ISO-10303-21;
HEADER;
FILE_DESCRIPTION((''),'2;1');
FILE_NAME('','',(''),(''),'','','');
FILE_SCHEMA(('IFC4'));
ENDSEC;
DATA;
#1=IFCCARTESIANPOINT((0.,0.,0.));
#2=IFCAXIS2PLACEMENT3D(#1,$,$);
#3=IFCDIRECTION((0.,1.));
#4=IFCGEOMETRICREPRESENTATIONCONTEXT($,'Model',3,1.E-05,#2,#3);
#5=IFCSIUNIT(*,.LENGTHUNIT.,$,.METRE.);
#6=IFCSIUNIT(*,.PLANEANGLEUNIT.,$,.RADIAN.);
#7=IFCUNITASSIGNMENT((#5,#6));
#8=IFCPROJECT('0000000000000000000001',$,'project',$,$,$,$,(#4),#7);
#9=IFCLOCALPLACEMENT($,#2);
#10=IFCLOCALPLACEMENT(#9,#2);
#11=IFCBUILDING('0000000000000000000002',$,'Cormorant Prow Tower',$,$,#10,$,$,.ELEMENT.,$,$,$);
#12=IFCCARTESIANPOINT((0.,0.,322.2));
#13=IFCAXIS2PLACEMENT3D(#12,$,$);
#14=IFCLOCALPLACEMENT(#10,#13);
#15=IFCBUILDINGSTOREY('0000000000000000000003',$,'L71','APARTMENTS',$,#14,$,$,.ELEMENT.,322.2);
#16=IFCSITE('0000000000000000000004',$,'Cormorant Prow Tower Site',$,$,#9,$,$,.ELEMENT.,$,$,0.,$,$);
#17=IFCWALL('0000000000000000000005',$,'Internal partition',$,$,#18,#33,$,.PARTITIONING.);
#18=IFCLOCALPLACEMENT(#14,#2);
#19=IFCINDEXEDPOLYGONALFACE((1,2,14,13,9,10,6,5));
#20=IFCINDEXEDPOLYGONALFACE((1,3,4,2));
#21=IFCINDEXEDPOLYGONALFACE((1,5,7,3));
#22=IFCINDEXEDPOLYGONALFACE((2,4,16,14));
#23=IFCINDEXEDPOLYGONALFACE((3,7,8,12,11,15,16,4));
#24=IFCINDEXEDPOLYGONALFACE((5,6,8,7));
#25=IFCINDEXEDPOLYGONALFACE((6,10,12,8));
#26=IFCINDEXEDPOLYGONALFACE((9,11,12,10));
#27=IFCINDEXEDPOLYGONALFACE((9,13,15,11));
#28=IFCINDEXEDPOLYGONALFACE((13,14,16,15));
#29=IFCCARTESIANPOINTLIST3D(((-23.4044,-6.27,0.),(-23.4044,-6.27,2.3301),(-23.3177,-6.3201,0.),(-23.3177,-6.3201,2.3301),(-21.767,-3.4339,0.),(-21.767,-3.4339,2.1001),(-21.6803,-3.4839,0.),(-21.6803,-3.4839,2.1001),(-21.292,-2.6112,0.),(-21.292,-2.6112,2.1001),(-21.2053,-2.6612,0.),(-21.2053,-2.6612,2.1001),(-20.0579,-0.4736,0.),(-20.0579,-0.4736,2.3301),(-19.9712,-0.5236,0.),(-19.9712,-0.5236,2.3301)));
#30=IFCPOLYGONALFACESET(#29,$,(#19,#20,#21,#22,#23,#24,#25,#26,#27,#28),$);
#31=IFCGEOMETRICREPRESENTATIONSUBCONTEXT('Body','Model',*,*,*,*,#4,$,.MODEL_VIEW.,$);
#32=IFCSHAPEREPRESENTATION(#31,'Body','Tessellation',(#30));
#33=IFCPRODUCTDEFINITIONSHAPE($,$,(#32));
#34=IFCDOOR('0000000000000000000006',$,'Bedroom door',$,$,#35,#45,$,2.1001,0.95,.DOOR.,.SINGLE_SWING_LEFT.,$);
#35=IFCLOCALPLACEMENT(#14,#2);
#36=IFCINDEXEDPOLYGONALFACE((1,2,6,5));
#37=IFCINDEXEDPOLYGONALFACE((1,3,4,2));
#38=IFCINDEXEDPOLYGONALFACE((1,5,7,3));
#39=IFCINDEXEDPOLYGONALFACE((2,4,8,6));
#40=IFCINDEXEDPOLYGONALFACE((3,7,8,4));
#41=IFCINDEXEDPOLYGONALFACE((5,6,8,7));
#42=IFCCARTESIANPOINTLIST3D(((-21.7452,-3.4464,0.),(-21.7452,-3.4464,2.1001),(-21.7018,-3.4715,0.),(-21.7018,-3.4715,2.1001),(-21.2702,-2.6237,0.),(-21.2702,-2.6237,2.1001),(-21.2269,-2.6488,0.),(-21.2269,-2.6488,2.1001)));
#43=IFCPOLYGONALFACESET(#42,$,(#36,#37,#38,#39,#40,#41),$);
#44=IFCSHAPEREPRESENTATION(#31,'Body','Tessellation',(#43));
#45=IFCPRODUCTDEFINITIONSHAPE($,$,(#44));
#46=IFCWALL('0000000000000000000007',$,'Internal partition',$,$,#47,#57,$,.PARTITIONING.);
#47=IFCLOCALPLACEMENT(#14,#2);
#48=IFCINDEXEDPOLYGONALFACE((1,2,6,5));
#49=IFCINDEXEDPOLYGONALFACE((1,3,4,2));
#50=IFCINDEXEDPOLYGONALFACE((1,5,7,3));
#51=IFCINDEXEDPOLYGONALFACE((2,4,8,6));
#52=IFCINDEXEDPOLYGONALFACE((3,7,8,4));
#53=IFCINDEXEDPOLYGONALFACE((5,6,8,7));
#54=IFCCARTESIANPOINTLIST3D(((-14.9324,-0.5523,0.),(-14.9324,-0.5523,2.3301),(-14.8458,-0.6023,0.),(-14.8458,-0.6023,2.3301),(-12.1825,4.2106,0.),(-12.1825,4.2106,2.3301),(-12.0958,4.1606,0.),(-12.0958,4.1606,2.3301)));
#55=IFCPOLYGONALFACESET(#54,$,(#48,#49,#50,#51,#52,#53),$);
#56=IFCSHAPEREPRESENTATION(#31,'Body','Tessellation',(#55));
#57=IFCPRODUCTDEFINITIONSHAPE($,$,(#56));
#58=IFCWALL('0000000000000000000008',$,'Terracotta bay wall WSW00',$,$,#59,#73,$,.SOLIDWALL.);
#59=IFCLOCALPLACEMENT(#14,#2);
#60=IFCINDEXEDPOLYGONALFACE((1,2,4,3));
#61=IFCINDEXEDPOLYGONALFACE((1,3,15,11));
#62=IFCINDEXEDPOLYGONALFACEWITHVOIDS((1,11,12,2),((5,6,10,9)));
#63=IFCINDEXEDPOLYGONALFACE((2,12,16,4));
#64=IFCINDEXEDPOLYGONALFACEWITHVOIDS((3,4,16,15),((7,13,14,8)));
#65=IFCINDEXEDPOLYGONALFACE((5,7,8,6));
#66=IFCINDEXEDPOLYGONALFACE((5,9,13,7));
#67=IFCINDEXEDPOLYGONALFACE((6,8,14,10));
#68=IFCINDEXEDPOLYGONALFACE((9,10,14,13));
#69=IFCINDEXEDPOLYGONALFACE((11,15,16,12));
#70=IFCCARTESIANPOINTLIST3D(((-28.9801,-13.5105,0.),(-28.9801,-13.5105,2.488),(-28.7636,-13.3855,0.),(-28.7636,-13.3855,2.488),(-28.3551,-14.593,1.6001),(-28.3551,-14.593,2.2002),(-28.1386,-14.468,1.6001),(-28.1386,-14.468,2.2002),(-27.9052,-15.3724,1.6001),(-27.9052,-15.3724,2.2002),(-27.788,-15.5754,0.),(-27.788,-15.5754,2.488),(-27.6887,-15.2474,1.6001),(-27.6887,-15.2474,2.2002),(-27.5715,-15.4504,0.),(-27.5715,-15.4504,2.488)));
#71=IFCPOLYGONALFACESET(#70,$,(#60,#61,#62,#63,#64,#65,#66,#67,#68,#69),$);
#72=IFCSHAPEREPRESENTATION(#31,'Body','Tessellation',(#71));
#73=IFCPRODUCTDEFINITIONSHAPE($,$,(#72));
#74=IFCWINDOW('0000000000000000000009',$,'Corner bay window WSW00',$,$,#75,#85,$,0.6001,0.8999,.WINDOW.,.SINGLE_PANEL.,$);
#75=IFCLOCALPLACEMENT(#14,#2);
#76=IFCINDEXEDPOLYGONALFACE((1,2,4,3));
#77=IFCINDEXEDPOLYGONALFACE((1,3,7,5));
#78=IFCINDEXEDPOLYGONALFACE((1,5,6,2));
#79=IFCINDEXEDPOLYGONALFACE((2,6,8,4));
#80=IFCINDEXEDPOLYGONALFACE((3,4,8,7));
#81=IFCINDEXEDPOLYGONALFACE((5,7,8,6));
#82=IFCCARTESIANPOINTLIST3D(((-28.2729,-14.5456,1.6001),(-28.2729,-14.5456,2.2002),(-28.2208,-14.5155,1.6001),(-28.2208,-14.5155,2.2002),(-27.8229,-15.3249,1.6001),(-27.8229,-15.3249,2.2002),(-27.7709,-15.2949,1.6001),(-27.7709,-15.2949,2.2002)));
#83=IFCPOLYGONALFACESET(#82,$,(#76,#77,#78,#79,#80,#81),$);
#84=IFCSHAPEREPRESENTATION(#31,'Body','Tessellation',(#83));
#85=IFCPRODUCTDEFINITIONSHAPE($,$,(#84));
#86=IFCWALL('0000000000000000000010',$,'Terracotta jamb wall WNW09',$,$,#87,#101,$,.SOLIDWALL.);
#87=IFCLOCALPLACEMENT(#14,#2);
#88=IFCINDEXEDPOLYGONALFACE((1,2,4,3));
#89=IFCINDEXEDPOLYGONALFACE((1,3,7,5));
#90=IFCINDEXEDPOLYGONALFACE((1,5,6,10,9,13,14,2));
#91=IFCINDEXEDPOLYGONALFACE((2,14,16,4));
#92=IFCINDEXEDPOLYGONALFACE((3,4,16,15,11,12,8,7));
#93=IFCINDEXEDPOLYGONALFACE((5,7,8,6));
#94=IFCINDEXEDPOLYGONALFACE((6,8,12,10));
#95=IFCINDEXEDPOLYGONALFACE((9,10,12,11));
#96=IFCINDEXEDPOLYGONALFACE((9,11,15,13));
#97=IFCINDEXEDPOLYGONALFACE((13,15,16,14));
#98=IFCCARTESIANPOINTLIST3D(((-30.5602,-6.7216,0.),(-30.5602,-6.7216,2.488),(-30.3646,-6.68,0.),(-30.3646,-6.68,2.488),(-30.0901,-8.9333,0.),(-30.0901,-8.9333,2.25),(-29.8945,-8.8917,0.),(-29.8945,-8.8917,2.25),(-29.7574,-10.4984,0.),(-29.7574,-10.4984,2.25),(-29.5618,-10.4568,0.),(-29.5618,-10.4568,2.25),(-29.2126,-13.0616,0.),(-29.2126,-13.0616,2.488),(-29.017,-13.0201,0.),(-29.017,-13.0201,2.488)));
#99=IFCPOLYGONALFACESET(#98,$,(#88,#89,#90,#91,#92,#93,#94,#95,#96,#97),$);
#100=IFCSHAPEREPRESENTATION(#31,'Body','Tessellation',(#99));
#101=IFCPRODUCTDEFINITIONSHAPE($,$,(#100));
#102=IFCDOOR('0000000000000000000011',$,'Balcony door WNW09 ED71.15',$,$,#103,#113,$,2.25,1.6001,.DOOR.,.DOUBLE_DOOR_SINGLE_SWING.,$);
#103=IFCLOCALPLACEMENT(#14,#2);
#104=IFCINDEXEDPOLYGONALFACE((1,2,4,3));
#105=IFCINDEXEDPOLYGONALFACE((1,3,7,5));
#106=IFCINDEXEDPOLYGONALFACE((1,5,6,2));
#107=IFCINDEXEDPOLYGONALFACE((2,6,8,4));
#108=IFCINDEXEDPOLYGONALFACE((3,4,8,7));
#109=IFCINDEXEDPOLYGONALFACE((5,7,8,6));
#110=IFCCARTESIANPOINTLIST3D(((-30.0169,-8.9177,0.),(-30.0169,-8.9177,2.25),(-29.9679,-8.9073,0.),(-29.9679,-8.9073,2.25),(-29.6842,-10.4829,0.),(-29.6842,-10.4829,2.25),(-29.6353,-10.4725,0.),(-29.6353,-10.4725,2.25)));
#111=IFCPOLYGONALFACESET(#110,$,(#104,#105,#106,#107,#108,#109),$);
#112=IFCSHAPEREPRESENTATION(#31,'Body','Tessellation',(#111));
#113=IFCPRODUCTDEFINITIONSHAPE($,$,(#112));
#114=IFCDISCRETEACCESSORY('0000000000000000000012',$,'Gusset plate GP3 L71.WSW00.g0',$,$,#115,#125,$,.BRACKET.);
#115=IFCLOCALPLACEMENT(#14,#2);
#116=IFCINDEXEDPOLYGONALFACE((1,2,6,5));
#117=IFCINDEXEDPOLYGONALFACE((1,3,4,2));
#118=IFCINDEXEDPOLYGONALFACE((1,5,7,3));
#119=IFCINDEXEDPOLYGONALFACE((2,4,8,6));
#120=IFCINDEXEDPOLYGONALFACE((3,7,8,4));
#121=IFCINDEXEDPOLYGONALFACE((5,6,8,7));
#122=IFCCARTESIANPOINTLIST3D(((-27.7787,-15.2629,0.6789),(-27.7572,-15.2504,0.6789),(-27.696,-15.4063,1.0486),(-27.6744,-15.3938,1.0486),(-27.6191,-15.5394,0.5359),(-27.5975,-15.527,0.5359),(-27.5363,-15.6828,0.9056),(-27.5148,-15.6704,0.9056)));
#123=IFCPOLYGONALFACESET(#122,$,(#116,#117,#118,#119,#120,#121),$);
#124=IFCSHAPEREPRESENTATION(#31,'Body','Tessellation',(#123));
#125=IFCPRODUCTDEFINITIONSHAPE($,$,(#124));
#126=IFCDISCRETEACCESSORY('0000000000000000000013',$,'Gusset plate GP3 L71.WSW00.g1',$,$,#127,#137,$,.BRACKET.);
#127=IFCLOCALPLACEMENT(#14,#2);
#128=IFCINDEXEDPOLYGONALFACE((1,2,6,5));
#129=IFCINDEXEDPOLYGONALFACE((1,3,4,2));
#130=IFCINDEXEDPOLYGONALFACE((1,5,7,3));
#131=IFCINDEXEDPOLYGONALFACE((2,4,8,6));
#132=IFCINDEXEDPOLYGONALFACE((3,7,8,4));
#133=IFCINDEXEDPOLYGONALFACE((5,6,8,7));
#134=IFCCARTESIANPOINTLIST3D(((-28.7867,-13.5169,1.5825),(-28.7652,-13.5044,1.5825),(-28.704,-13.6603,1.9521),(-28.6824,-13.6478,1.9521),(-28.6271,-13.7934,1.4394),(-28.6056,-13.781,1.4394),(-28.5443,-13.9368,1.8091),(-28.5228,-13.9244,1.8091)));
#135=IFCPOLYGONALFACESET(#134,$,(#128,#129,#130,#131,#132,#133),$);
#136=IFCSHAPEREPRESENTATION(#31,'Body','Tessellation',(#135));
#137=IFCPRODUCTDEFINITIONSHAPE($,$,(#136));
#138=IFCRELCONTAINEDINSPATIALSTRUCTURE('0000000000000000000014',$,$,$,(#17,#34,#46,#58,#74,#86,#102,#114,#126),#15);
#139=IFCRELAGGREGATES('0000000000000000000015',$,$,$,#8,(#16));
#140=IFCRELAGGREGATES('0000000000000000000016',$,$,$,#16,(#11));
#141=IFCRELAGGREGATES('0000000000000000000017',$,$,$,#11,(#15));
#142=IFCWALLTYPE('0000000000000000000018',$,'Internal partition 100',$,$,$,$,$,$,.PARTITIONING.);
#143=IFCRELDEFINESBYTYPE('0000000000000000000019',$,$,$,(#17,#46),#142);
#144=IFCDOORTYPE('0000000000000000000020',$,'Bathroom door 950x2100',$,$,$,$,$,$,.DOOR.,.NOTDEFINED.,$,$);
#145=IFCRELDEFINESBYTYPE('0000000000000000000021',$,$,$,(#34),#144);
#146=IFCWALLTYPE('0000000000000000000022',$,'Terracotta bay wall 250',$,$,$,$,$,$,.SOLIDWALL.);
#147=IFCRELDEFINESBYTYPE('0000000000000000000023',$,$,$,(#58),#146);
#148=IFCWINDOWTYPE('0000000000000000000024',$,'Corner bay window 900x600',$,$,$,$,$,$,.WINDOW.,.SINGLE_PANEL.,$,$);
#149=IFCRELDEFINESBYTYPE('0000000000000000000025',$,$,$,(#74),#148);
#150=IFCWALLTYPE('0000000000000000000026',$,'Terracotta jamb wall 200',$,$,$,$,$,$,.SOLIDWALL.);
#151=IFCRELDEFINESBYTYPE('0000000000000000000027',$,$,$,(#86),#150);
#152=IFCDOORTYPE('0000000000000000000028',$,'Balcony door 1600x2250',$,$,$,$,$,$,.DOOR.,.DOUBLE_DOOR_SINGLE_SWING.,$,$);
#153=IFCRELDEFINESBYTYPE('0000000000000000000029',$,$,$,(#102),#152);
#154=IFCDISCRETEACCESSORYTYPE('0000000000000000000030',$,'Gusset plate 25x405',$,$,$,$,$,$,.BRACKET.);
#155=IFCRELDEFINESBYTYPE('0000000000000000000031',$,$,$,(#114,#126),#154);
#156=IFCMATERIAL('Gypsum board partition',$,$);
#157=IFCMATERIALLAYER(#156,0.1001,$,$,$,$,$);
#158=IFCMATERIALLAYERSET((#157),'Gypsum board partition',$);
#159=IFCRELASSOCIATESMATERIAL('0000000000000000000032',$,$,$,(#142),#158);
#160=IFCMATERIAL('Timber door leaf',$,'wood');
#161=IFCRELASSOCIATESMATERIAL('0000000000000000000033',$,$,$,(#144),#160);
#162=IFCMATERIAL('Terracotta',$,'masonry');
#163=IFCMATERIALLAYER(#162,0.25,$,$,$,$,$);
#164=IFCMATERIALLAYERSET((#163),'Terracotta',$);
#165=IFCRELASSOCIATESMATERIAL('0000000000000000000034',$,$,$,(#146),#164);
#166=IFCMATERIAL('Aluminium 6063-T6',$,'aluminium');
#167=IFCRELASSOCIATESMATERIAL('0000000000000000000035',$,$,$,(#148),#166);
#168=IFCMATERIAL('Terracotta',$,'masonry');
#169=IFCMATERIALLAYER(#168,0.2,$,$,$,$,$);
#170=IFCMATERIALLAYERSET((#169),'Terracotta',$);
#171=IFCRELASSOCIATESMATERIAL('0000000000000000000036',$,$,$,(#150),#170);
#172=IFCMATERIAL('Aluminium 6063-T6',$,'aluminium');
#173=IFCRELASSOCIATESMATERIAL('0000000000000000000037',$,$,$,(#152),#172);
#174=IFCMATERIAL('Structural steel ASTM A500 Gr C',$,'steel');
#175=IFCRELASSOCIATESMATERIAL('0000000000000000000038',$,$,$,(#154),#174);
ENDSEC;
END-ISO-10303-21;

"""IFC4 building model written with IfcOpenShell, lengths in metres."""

from ifc_helpers import new_model, si_unit, direction, frame, frame_2d, origin, origin_2d, place, context, subcontext, project, spatial, rectangle, extrude, material, layer, layer_set, material_profile, profile_set, type_object, element, fill, save


model = new_model("IFC4")

# Units and contexts
model_context = context("Model", 3, precision=1e-05, world=origin(), true_north=direction((0.0, 1.0)))
body_context = subcontext(model_context, "Body", "Model", "MODEL_VIEW")
ifc_project = project(units=[si_unit("LENGTHUNIT", "METRE"), si_unit("PLANEANGLEUNIT", "RADIAN")], contexts=[model_context])

# Site, building, storey
site_placement = place(None, origin())
site = spatial("IfcSite", under=ifc_project, at=site_placement, Name="Cormorant Prow Tower Site", CompositionType="ELEMENT", RefElevation=0.0)
building_placement = place(site_placement, origin())
building = spatial("IfcBuilding", under=site, at=building_placement, Name="Cormorant Prow Tower", CompositionType="ELEMENT")
storey_placement = place(building_placement, frame((0.0, 0.0, 322.2)))
storey = spatial("IfcBuildingStorey", under=building, at=storey_placement, Name="L71", Description="APARTMENTS", CompositionType="ELEMENT", Elevation=322.2)

# Wall, opening, door
ifc_material_1 = material(Name="Gypsum board partition")
ifc_layer_1 = layer(ifc_material_1, 0.1001)
ifc_layer_set_1 = layer_set([ifc_layer_1], Name="Gypsum board partition")
wall_type_1 = type_object("IfcWallType", Name="Internal partition 100", PredefinedType="PARTITIONING", material=ifc_layer_set_1)
wall_1_placement = place(storey_placement, frame((-23.3611, -6.2952, 0.0), z_axis=(0.0, 0.0, 1.0), x_axis=(0.499988, 0.866033, 0.0)))
wall_1 = element("IfcWall", 1, at=wall_1_placement, inside=storey, type_object=wall_type_1, Name="Internal partition", PredefinedType="PARTITIONING", context=body_context, shape_type="SweptSolid", body=[
    extrude(rectangle(XDim=6.6931, YDim=0.1001, at=frame_2d((3.3467, 0.0))), origin(), (0.0, 0.0, 1.0), 2.3301),
])
opening_1_placement = place(wall_1_placement, frame((3.2749, 0.0, 0.0)))
opening_1 = element("IfcOpeningElement", 2, at=opening_1_placement, cuts=wall_1, PredefinedType="OPENING", context=body_context, shape_type="SweptSolid", body=[
    extrude(rectangle(XDim=0.95, YDim=2.1001, at=frame_2d((0.4751, 1.05))), frame((0.0, 0.0601, 0.0), z_axis=(0.0, -1.0, 0.0), x_axis=(1.0, 0.0, 0.0)), (0.0, 0.0, 1.0), 0.1201),
])
ifc_material_2 = material(Name="Timber door leaf", Category="wood")
door_type_1 = type_object("IfcDoorType", Name="Bathroom door 950x2100", OperationType="NOTDEFINED", PredefinedType="DOOR", material=ifc_material_2)
door_1_placement = place(opening_1_placement, origin())
door_1 = element("IfcDoor", 3, at=door_1_placement, inside=storey, type_object=door_type_1, Name="Bedroom door", OperationType="SINGLE_SWING_LEFT", OverallHeight=2.1001, OverallWidth=0.95, PredefinedType="DOOR", context=body_context, shape_type="SweptSolid", body=[
    extrude(rectangle(XDim=0.95, YDim=2.1001, at=frame_2d((0.4751, 1.05))), frame((0.0, 0.0249, 0.0), z_axis=(0.0, -1.0, 0.0), x_axis=(1.0, 0.0, 0.0)), (0.0, 0.0, 1.0), 0.05),
])
fill(opening_1, door_1)

# Wall
wall_2_placement = place(storey_placement, frame((-14.8892, -0.5774, 0.0), z_axis=(0.0, 0.0, 1.0), x_axis=(0.500016, 0.866016, 0.0)))
element("IfcWall", 4, at=wall_2_placement, inside=storey, type_object=wall_type_1, Name="Internal partition", PredefinedType="PARTITIONING", context=body_context, shape_type="SweptSolid", body=[
    extrude(rectangle(XDim=5.4998, YDim=0.1001, at=frame_2d((2.75, 0.0))), origin(), (0.0, 0.0, 1.0), 2.3301),
])

# Wall, opening, window
ifc_material_3 = material(Name="Terracotta", Category="masonry")
ifc_layer_2 = layer(ifc_material_3, 0.25)
ifc_layer_set_2 = layer_set([ifc_layer_2], Name="Terracotta")
wall_type_2 = type_object("IfcWallType", Name="Terracotta bay wall 250", PredefinedType="SOLIDWALL", material=ifc_layer_set_2)
wall_3_placement = place(storey_placement, frame((-28.8718, -13.448, 0.0), z_axis=(0.0, 0.0, 1.0), x_axis=(0.499982, -0.866036, 0.0)))
wall_3 = element("IfcWall", 5, at=wall_3_placement, inside=storey, type_object=wall_type_2, Name="Terracotta bay wall WSW00", PredefinedType="SOLIDWALL", context=body_context, shape_type="SweptSolid", body=[
    extrude(rectangle(XDim=2.3843, YDim=0.25, at=frame_2d((1.1921, 0.0))), origin(), (0.0, 0.0, 1.0), 2.488),
])
opening_2_placement = place(wall_3_placement, frame((1.25, 0.0, 1.6001)))
opening_2 = element("IfcOpeningElement", 6, at=opening_2_placement, cuts=wall_3, PredefinedType="OPENING", context=body_context, shape_type="SweptSolid", body=[
    extrude(rectangle(XDim=0.8999, YDim=0.6001, at=frame_2d((0.45, 0.3))), frame((0.0, 0.135, 0.0), z_axis=(0.0, -1.0, 0.0), x_axis=(1.0, 0.0, 0.0)), (0.0, 0.0, 1.0), 0.27),
])
ifc_material_4 = material(Name="Aluminium 6063-T6", Category="aluminium")
window_type = type_object("IfcWindowType", Name="Corner bay window 900x600", PartitioningType="SINGLE_PANEL", PredefinedType="WINDOW", material=ifc_material_4)
window_placement = place(opening_2_placement, origin())
window = element("IfcWindow", 7, at=window_placement, inside=storey, type_object=window_type, Name="Corner bay window WSW00", OverallHeight=0.6001, OverallWidth=0.8999, PartitioningType="SINGLE_PANEL", PredefinedType="WINDOW", context=body_context, shape_type="SweptSolid", body=[
    extrude(rectangle(XDim=0.8999, YDim=0.6001, at=frame_2d((0.45, 0.3))), frame((0.0, 0.03, 0.0), z_axis=(0.0, -1.0, 0.0), x_axis=(1.0, 0.0, 0.0)), (0.0, 0.0, 1.0), 0.0601),
])
fill(opening_2, window)

# Wall, opening, door
ifc_material_5 = material(Name="Terracotta", Category="masonry")
ifc_layer_3 = layer(ifc_material_5, 0.2)
ifc_layer_set_3 = layer_set([ifc_layer_3], Name="Terracotta")
wall_type_3 = type_object("IfcWallType", Name="Terracotta jamb wall 200", PredefinedType="SOLIDWALL", material=ifc_layer_set_3)
wall_4_placement = place(storey_placement, frame((-30.4624, -6.7009, 0.0), z_axis=(0.0, 0.0, 1.0), x_axis=(0.207916, -0.978147, 0.0)))
wall_4 = element("IfcWall", 8, at=wall_4_placement, inside=storey, type_object=wall_type_3, Name="Terracotta jamb wall WNW09", PredefinedType="SOLIDWALL", context=body_context, shape_type="SweptSolid", body=[
    extrude(rectangle(XDim=6.4817, YDim=0.2, at=frame_2d((3.2407, 0.0))), origin(), (0.0, 0.0, 1.0), 2.488),
])
opening_3_placement = place(wall_4_placement, frame((2.261, 0.0, 0.0)))
opening_3 = element("IfcOpeningElement", 9, at=opening_3_placement, cuts=wall_4, PredefinedType="OPENING", context=body_context, shape_type="SweptSolid", body=[
    extrude(rectangle(XDim=1.6001, YDim=2.25, at=frame_2d((0.8, 1.125))), frame((0.0, 0.1099, 0.0), z_axis=(0.0, -1.0, 0.0), x_axis=(1.0, 0.0, 0.0)), (0.0, 0.0, 1.0), 0.22),
])
ifc_material_6 = material(Name="Aluminium 6063-T6", Category="aluminium")
door_type_2 = type_object("IfcDoorType", Name="Balcony door 1600x2250", OperationType="DOUBLE_DOOR_SINGLE_SWING", PredefinedType="DOOR", material=ifc_material_6)
door_2_placement = place(opening_3_placement, origin())
door_2 = element("IfcDoor", 10, at=door_2_placement, inside=storey, type_object=door_type_2, Name="Balcony door WNW09 ED71.15", OperationType="DOUBLE_DOOR_SINGLE_SWING", OverallHeight=2.25, OverallWidth=1.6001, PredefinedType="DOOR", context=body_context, shape_type="SweptSolid", body=[
    extrude(rectangle(XDim=1.6001, YDim=2.25, at=frame_2d((0.8, 1.125))), frame((0.0, 0.0249, 0.0), z_axis=(0.0, -1.0, 0.0), x_axis=(1.0, 0.0, 0.0)), (0.0, 0.0, 1.0), 0.05),
])
fill(opening_3, door_2)

# Discrete accessories
ifc_material_7 = material(Name="Structural steel ASTM A500 Gr C", Category="steel")
ifc_material_profile_1 = material_profile(ifc_material_7, rectangle(XDim=0.0249, YDim=0.405, at=origin_2d()), Name="Gusset plate 25x405")
ifc_profile_set_1 = profile_set([ifc_material_profile_1], Name="Structural steel ASTM A500 Gr C")
discrete_accessory_type = type_object("IfcDiscreteAccessoryType", Name="Gusset plate 25x405", PredefinedType="BRACKET", material=ifc_profile_set_1)
for number, where, z_axis, x_axis, name in (
    (11, (-27.7266, -15.3284, 0.8638), (0.456239, -0.790397, -0.408802), (0.866071, 0.499921, 0.0), "Gusset plate GP3 L71.WSW00.g0"),
    (12, (-28.575, -13.8589, 1.6243), (-0.456239, 0.790397, 0.408802), (-0.866071, -0.499921, 0.0), "Gusset plate GP3 L71.WSW00.g1"),
):
    element("IfcDiscreteAccessory", number, at=place(storey_placement, frame(where, z_axis=z_axis, x_axis=x_axis)), inside=storey, type_object=discrete_accessory_type, Name=name, PredefinedType="BRACKET", context=body_context, shape_type="SweptSolid", body=[
        extrude(rectangle(XDim=0.0249, YDim=0.405, at=origin_2d()), origin(), (0.0, 0.0, 1.0), 0.3499),
    ])

save(model, "model.ifc")
